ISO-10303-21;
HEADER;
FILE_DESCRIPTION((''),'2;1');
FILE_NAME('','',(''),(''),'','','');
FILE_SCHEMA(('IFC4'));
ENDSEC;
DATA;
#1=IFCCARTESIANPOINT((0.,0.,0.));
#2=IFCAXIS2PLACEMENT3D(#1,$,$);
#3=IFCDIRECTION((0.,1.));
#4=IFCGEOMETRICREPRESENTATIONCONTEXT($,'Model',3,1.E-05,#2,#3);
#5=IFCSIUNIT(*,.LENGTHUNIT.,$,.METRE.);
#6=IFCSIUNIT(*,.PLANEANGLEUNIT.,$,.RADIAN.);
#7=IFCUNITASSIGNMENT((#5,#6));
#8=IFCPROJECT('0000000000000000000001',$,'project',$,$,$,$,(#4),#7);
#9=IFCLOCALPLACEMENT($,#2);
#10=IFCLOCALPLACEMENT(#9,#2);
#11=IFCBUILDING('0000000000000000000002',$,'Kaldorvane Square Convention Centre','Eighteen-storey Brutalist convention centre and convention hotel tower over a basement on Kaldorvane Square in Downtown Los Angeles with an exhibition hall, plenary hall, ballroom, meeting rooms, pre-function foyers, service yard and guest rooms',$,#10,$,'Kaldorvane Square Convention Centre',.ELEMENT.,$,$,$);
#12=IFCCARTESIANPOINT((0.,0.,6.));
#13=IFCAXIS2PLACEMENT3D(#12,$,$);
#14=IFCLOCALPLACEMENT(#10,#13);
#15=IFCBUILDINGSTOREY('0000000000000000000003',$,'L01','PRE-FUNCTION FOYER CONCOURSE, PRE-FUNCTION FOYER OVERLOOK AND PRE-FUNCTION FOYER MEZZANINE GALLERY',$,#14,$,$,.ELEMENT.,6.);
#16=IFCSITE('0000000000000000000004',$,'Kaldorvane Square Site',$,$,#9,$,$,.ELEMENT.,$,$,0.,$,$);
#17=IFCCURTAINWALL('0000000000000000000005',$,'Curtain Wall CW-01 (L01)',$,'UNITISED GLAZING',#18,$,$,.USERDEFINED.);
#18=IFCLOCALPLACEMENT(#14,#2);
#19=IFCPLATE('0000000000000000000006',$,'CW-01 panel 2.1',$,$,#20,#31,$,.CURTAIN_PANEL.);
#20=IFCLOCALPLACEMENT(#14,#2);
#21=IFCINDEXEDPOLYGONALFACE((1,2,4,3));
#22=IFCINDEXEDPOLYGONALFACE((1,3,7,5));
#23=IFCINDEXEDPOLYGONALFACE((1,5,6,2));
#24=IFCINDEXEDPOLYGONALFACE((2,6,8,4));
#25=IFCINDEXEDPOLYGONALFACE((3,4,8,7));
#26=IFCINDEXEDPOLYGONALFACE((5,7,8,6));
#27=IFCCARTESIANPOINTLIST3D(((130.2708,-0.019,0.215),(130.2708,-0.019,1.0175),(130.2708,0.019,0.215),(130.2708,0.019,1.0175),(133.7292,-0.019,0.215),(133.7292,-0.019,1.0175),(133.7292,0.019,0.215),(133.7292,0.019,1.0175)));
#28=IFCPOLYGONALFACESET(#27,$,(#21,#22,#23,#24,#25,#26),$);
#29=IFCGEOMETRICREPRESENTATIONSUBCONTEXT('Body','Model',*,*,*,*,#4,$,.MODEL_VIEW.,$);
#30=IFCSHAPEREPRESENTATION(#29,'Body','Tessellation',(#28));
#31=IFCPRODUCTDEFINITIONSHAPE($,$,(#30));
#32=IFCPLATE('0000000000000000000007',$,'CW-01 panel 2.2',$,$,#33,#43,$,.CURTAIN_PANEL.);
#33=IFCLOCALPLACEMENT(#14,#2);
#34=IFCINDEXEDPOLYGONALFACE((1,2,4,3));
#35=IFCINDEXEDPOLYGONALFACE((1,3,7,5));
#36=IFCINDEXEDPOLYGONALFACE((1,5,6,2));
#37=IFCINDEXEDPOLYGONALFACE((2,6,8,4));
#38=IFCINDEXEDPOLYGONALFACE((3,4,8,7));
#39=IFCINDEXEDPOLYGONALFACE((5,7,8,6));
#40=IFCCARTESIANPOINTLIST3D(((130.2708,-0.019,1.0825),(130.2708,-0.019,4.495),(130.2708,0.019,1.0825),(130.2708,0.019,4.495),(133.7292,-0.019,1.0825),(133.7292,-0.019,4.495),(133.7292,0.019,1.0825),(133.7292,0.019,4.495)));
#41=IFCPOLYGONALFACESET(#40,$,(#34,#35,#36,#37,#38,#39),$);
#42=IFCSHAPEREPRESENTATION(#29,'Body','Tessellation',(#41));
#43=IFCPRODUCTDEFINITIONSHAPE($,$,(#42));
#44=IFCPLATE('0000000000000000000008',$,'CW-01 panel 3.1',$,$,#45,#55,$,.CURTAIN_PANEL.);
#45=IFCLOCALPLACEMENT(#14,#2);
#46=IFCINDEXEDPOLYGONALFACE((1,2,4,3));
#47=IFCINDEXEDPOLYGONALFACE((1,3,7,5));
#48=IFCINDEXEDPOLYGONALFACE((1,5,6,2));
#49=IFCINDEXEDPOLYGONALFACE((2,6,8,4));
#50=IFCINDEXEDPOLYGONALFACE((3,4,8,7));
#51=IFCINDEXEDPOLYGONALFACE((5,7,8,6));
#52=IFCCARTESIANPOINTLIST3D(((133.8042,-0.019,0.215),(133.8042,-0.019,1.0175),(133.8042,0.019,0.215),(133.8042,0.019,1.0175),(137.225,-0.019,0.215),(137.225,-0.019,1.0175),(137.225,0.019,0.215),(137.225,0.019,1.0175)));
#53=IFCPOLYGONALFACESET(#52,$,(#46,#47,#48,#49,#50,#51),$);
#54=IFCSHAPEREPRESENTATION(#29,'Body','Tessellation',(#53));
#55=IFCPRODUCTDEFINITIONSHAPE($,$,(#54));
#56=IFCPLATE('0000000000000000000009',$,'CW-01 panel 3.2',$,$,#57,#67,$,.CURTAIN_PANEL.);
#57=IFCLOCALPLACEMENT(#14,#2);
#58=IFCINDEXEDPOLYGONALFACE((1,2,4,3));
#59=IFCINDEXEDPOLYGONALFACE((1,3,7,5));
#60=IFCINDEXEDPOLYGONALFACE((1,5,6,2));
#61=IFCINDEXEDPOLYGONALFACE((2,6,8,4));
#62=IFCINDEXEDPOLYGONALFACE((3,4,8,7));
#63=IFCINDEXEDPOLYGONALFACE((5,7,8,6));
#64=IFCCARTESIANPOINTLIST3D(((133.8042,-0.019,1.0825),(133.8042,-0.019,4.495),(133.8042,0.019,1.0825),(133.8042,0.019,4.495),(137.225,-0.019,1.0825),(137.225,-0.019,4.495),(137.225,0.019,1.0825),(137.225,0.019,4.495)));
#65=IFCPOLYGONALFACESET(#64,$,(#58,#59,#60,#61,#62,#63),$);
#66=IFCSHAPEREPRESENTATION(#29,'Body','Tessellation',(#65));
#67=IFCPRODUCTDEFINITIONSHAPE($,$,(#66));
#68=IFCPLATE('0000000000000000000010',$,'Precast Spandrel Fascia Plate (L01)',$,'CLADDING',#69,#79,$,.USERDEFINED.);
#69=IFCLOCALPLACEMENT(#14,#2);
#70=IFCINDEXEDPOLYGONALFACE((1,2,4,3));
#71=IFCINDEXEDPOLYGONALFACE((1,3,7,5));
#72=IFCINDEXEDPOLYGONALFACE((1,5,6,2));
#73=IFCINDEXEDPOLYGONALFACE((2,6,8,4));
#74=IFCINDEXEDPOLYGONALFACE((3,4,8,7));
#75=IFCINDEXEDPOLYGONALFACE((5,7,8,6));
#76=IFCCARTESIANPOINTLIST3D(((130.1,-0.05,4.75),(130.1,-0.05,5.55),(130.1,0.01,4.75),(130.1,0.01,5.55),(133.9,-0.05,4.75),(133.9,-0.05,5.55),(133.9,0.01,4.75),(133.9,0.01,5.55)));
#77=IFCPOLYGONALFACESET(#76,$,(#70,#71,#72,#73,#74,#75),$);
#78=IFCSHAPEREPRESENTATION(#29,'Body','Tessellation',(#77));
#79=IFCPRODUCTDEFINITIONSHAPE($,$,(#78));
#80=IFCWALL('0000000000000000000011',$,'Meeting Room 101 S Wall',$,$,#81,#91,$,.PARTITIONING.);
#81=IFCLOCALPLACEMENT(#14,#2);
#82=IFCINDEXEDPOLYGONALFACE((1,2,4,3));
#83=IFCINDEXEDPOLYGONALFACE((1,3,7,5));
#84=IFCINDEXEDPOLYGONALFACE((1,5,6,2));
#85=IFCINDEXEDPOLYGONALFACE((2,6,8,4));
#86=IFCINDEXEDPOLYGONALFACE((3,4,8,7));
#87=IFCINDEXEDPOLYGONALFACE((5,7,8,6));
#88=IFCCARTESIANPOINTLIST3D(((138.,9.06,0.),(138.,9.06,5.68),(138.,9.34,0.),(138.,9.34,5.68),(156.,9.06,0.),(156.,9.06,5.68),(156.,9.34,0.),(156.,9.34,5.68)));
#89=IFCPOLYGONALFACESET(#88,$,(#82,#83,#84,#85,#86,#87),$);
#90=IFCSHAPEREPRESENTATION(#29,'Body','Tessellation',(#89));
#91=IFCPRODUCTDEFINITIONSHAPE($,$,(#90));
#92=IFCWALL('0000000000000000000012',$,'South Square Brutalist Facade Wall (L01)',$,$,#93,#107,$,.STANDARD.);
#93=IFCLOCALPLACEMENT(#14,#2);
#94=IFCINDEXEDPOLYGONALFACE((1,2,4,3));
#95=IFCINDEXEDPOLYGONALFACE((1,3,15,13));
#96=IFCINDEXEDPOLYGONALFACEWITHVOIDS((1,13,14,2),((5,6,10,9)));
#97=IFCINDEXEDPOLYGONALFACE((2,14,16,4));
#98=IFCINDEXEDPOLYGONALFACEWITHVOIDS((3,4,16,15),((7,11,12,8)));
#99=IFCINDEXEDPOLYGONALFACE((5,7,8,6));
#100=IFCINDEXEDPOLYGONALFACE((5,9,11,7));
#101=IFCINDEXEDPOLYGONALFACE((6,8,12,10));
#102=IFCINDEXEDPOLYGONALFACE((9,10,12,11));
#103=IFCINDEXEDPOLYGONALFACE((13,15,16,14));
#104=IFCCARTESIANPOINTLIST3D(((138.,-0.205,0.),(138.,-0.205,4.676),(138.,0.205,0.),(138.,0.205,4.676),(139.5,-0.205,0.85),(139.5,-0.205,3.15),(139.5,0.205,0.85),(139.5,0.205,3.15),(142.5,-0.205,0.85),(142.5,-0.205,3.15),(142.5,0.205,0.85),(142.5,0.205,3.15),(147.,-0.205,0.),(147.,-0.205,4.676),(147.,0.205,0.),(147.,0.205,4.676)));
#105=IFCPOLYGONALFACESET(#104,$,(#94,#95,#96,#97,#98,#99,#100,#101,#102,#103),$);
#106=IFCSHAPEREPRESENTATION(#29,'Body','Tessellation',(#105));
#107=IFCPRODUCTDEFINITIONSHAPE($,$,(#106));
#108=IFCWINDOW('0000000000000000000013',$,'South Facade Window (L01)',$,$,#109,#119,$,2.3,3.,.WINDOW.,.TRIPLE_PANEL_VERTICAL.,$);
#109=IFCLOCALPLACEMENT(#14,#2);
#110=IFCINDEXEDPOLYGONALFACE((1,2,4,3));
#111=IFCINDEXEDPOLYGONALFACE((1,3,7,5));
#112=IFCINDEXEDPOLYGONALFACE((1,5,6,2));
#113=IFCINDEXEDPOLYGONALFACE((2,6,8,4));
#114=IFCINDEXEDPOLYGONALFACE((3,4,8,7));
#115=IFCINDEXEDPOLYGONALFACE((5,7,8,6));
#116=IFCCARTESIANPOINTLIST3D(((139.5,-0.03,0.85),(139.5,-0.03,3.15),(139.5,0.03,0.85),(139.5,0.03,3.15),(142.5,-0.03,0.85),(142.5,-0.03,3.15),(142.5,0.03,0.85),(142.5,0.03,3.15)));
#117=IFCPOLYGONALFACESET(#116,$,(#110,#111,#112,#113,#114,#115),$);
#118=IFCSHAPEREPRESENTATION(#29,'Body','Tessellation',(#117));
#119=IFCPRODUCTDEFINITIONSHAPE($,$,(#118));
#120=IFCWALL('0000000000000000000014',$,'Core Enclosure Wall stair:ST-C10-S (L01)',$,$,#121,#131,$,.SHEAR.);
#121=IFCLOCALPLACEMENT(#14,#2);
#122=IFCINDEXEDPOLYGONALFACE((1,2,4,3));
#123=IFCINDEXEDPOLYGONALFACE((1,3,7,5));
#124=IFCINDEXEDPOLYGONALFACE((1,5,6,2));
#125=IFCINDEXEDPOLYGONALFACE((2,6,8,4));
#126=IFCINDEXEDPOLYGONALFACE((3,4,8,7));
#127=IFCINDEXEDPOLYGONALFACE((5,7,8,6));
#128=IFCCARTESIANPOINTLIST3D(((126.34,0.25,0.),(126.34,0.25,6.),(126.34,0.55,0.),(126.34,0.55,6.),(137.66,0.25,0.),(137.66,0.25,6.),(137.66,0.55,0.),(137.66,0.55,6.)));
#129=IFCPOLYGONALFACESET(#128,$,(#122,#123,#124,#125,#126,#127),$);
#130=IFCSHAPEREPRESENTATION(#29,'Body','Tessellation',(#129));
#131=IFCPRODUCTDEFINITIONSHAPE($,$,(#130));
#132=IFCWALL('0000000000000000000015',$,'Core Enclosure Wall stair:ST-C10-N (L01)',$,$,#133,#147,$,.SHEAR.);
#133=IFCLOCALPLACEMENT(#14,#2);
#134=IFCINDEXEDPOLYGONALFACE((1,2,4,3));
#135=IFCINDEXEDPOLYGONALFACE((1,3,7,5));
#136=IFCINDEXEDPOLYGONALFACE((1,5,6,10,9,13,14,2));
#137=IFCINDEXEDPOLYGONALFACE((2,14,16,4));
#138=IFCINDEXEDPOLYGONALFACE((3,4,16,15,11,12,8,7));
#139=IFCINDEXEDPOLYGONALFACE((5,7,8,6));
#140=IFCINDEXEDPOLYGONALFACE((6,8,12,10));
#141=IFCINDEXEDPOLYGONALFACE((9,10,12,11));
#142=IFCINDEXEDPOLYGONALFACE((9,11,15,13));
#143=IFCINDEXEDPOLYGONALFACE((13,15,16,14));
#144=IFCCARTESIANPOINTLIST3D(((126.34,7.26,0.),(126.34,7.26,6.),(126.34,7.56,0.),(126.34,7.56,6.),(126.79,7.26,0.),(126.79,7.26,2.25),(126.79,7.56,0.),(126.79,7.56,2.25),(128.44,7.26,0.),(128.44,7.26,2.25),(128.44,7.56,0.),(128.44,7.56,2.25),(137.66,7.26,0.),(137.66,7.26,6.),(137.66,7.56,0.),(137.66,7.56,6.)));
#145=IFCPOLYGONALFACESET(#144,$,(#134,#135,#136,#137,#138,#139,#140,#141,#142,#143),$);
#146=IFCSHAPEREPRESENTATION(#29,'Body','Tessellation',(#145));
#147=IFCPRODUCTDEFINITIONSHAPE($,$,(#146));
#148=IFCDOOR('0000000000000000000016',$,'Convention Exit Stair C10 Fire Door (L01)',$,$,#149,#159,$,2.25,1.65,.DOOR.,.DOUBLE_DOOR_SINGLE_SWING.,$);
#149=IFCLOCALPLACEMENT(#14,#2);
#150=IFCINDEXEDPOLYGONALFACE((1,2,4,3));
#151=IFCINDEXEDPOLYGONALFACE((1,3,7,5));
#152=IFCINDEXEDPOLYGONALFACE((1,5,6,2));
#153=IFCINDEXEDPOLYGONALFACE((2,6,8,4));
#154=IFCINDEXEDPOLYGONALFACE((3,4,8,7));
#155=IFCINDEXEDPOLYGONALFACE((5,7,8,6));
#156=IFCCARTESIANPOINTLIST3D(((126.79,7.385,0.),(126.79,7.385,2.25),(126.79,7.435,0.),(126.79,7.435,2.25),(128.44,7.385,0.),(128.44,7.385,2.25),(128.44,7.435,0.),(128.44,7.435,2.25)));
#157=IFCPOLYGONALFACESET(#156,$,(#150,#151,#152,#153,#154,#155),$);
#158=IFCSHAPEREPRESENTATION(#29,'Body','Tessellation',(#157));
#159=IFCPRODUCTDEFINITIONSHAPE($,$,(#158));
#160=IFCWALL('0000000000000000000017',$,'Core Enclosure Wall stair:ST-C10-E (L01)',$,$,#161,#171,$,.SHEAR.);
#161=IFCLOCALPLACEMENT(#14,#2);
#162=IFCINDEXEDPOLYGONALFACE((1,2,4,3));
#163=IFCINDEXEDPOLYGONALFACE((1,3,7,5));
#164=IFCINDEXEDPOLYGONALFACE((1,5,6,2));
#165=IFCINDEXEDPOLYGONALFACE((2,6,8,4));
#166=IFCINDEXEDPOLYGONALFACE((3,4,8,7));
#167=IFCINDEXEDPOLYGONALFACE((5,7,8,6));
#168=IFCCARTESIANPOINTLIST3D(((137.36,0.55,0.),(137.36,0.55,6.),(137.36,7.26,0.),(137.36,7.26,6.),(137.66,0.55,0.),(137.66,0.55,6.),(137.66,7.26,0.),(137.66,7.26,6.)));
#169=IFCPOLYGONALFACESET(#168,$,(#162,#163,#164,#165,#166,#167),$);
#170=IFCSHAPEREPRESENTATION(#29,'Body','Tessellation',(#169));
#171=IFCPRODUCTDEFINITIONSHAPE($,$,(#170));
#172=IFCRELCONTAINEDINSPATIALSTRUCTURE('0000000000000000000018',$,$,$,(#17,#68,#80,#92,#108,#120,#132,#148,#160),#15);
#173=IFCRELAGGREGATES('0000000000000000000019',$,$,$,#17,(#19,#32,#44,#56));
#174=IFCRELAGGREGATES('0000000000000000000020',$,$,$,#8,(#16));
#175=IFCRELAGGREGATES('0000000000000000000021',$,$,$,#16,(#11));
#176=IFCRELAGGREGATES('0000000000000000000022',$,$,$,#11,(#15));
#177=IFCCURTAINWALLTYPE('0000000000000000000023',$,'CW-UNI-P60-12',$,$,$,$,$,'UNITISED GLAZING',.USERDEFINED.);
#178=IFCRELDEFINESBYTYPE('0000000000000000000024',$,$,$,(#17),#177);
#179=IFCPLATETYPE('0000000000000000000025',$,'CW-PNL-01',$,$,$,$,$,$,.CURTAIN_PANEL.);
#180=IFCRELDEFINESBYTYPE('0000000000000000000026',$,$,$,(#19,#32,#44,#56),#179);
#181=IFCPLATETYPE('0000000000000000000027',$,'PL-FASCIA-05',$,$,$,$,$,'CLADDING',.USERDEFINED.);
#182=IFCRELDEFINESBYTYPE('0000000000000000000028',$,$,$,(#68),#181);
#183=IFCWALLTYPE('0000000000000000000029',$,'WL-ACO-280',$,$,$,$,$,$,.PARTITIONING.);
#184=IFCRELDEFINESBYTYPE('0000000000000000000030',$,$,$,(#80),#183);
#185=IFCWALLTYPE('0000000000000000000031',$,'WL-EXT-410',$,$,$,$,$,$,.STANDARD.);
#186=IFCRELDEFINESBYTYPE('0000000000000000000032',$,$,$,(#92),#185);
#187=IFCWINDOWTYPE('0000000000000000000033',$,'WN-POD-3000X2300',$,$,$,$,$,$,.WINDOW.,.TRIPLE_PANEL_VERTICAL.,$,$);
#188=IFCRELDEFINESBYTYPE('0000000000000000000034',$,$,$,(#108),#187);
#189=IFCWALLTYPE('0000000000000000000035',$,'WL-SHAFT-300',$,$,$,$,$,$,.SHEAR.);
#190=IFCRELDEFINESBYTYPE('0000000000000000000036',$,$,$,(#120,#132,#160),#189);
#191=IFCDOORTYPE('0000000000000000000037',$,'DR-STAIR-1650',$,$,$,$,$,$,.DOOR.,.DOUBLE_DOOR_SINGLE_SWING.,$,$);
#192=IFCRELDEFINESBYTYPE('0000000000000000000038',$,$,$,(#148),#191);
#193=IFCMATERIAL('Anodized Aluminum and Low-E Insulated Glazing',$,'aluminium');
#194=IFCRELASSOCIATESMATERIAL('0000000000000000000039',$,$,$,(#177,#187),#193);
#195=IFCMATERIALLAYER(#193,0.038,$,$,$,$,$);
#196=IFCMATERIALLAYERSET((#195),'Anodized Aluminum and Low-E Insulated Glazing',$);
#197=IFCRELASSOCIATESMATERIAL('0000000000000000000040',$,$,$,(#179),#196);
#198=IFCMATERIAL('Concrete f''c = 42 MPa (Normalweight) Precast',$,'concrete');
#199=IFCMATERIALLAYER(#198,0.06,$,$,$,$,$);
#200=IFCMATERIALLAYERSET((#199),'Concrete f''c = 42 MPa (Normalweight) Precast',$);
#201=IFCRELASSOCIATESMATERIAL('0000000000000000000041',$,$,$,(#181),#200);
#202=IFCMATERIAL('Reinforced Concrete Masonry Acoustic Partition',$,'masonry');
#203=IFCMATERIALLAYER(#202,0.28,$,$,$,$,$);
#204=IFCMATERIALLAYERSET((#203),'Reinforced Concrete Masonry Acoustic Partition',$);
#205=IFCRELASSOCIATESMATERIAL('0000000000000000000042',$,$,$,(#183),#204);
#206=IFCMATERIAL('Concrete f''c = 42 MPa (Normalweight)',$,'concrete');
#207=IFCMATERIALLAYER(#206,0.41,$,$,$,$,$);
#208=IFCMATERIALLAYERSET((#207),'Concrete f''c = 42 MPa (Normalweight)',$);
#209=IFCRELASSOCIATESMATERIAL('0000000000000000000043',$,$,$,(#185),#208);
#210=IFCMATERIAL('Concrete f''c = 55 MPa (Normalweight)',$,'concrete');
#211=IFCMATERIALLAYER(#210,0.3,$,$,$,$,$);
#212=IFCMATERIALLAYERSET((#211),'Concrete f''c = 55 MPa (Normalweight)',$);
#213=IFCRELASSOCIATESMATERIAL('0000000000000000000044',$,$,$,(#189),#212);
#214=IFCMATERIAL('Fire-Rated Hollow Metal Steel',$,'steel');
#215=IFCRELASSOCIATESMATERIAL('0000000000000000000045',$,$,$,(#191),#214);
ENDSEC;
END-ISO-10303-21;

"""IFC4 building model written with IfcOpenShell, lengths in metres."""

from ifc_helpers import new_model, si_unit, direction, frame, frame_2d, origin, origin_2d, place, context, subcontext, project, spatial, rectangle, extrude, material, layer, layer_set, type_object, element, fill, aggregate, save


model = new_model("IFC4")

# Units and contexts
model_context = context("Model", 3, precision=1e-05, world=origin(), true_north=direction((0.0, 1.0)))
body_context = subcontext(model_context, "Body", "Model", "MODEL_VIEW")
ifc_project = project(units=[si_unit("LENGTHUNIT", "METRE"), si_unit("PLANEANGLEUNIT", "RADIAN")], contexts=[model_context])

# Site, building, storey
site_placement = place(None, origin())
site = spatial("IfcSite", under=ifc_project, at=site_placement, Name="Kaldorvane Square Site", CompositionType="ELEMENT", RefElevation=0.0)
building_placement = place(site_placement, origin())
building = spatial("IfcBuilding", under=site, at=building_placement, Name="Kaldorvane Square Convention Centre", Description="Eighteen-storey Brutalist convention centre and convention hotel tower over a basement on Kaldorvane Square in Downtown Los Angeles with an exhibition hall, plenary hall, ballroom, meeting rooms, pre-function foyers, service yard and guest rooms", LongName="Kaldorvane Square Convention Centre", CompositionType="ELEMENT")
storey_placement = place(building_placement, frame((0.0, 0.0, 6.0)))
storey = spatial("IfcBuildingStorey", under=building, at=storey_placement, Name="L01", Description="PRE-FUNCTION FOYER CONCOURSE, PRE-FUNCTION FOYER OVERLOOK AND PRE-FUNCTION FOYER MEZZANINE GALLERY", CompositionType="ELEMENT", Elevation=6.0)

# Shared definitions
ifc_material_1 = material(Name="Concrete f'c = 42 MPa (Normalweight)", Category="concrete")

# Curtain wall, plates
ifc_material_2 = material(Name="Anodized Aluminum and Low-E Insulated Glazing", Category="aluminium")
curtain_wall_type = type_object("IfcCurtainWallType", Name="CW-UNI-P60-12", ElementType="UNITISED GLAZING", PredefinedType="USERDEFINED", material=ifc_material_2)
curtain_wall_placement = place(storey_placement, origin())
curtain_wall = element("IfcCurtainWall", 1, at=curtain_wall_placement, inside=storey, type_object=curtain_wall_type, Name="Curtain Wall CW-01 (L01)", ObjectType="UNITISED GLAZING", PredefinedType="USERDEFINED")
ifc_layer_1 = layer(ifc_material_2, 0.038)
ifc_layer_set_1 = layer_set([ifc_layer_1], Name="Anodized Aluminum and Low-E Insulated Glazing")
plate_type_1 = type_object("IfcPlateType", Name="CW-PNL-01", PredefinedType="CURTAIN_PANEL", material=ifc_layer_set_1)
plate_1_placement = place(storey_placement, frame((132.0, 0.0, 0.215), z_axis=(0.0, 0.0, 1.0), x_axis=(1.0, 0.0, 0.0)))
plate_1 = element("IfcPlate", 2, at=plate_1_placement, type_object=plate_type_1, Name="CW-01 panel 2.1", PredefinedType="CURTAIN_PANEL", context=body_context, shape_type="SweptSolid", body=[
    extrude(rectangle(XDim=3.4583, YDim=0.038, at=origin_2d()), origin(), (0.0, 0.0, 1.0), 0.8025),
])
plate_2_placement = place(storey_placement, frame((132.0, 0.0, 1.0825), z_axis=(0.0, 0.0, 1.0), x_axis=(1.0, 0.0, 0.0)))
plate_2 = element("IfcPlate", 3, at=plate_2_placement, type_object=plate_type_1, Name="CW-01 panel 2.2", PredefinedType="CURTAIN_PANEL", context=body_context, shape_type="SweptSolid", body=[
    extrude(rectangle(XDim=3.4583, YDim=0.038, at=origin_2d()), origin(), (0.0, 0.0, 1.0), 3.4125),
])
plate_3_placement = place(storey_placement, frame((135.5146, 0.0, 0.215), z_axis=(0.0, 0.0, 1.0), x_axis=(1.0, 0.0, 0.0)))
plate_3 = element("IfcPlate", 4, at=plate_3_placement, type_object=plate_type_1, Name="CW-01 panel 3.1", PredefinedType="CURTAIN_PANEL", context=body_context, shape_type="SweptSolid", body=[
    extrude(rectangle(XDim=3.4208, YDim=0.038, at=origin_2d()), origin(), (0.0, 0.0, 1.0), 0.8025),
])
plate_4_placement = place(storey_placement, frame((135.5146, 0.0, 1.0825), z_axis=(0.0, 0.0, 1.0), x_axis=(1.0, 0.0, 0.0)))
plate_4 = element("IfcPlate", 5, at=plate_4_placement, type_object=plate_type_1, Name="CW-01 panel 3.2", PredefinedType="CURTAIN_PANEL", context=body_context, shape_type="SweptSolid", body=[
    extrude(rectangle(XDim=3.4208, YDim=0.038, at=origin_2d()), origin(), (0.0, 0.0, 1.0), 3.4125),
])
aggregate(curtain_wall, [plate_1, plate_2, plate_3, plate_4])

# Plate
ifc_material_3 = material(Name="Concrete f'c = 42 MPa (Normalweight) Precast", Category="concrete")
ifc_layer_2 = layer(ifc_material_3, 0.06)
ifc_layer_set_2 = layer_set([ifc_layer_2], Name="Concrete f'c = 42 MPa (Normalweight) Precast")
plate_type_2 = type_object("IfcPlateType", Name="PL-FASCIA-05", ElementType="CLADDING", PredefinedType="USERDEFINED", material=ifc_layer_set_2)
plate_5_placement = place(storey_placement, frame((132.0, -0.02, 4.75), z_axis=(0.0, 0.0, 1.0), x_axis=(1.0, 0.0, 0.0)))
element("IfcPlate", 6, at=plate_5_placement, inside=storey, type_object=plate_type_2, Name="Precast Spandrel Fascia Plate (L01)", ObjectType="CLADDING", PredefinedType="USERDEFINED", context=body_context, shape_type="SweptSolid", body=[
    extrude(rectangle(XDim=3.8, YDim=0.06, at=origin_2d()), origin(), (0.0, 0.0, 1.0), 0.8),
])

# Wall
ifc_material_4 = material(Name="Reinforced Concrete Masonry Acoustic Partition", Category="masonry")
ifc_layer_3 = layer(ifc_material_4, 0.28)
ifc_layer_set_3 = layer_set([ifc_layer_3], Name="Reinforced Concrete Masonry Acoustic Partition")
wall_type_1 = type_object("IfcWallType", Name="WL-ACO-280", PredefinedType="PARTITIONING", material=ifc_layer_set_3)
wall_1_placement = place(storey_placement, frame((138.0, 9.2, 0.0), z_axis=(0.0, 0.0, 1.0), x_axis=(1.0, 0.0, 0.0)))
element("IfcWall", 7, at=wall_1_placement, inside=storey, type_object=wall_type_1, Name="Meeting Room 101 S Wall", PredefinedType="PARTITIONING", context=body_context, shape_type="SweptSolid", body=[
    extrude(rectangle(XDim=18.0, YDim=0.28, at=frame_2d((9.0, 0.0))), origin(), (0.0, 0.0, 1.0), 5.68),
])

# Wall, opening, window
ifc_layer_4 = layer(ifc_material_1, 0.41)
ifc_layer_set_4 = layer_set([ifc_layer_4], Name="Concrete f'c = 42 MPa (Normalweight)")
wall_type_2 = type_object("IfcWallType", Name="WL-EXT-410", PredefinedType="STANDARD", material=ifc_layer_set_4)
wall_2_placement = place(storey_placement, frame((138.0, 0.0, 0.0), z_axis=(0.0, 0.0, 1.0), x_axis=(1.0, 0.0, 0.0)))
wall_2 = element("IfcWall", 8, at=wall_2_placement, inside=storey, type_object=wall_type_2, Name="South Square Brutalist Facade Wall (L01)", PredefinedType="STANDARD", context=body_context, shape_type="SweptSolid", body=[
    extrude(rectangle(XDim=9.0, YDim=0.41, at=frame_2d((4.5, 0.0))), origin(), (0.0, 0.0, 1.0), 4.676),
])
opening_1_placement = place(wall_2_placement, frame((1.5, 0.0, 0.85)))
opening_1 = element("IfcOpeningElement", 9, at=opening_1_placement, cuts=wall_2, PredefinedType="OPENING", context=body_context, shape_type="SweptSolid", body=[
    extrude(rectangle(XDim=3.0, YDim=2.3, at=frame_2d((1.5, 1.15))), frame((0.0, 0.22, 0.0), z_axis=(0.0, -1.0, 0.0), x_axis=(1.0, 0.0, 0.0)), (0.0, 0.0, 1.0), 0.44),
])
window_type = type_object("IfcWindowType", Name="WN-POD-3000X2300", PartitioningType="TRIPLE_PANEL_VERTICAL", PredefinedType="WINDOW", material=ifc_material_2)
window_placement = place(opening_1_placement, origin())
window = element("IfcWindow", 10, at=window_placement, inside=storey, type_object=window_type, Name="South Facade Window (L01)", OverallHeight=2.3, OverallWidth=3.0, PartitioningType="TRIPLE_PANEL_VERTICAL", PredefinedType="WINDOW", context=body_context, shape_type="SweptSolid", body=[
    extrude(rectangle(XDim=3.0, YDim=2.3, at=frame_2d((1.5, 1.15))), frame((0.0, 0.03, 0.0), z_axis=(0.0, -1.0, 0.0), x_axis=(1.0, 0.0, 0.0)), (0.0, 0.0, 1.0), 0.06),
])
fill(opening_1, window)

# Wall
ifc_material_5 = material(Name="Concrete f'c = 55 MPa (Normalweight)", Category="concrete")
ifc_layer_5 = layer(ifc_material_5, 0.3)
ifc_layer_set_5 = layer_set([ifc_layer_5], Name="Concrete f'c = 55 MPa (Normalweight)")
wall_type_3 = type_object("IfcWallType", Name="WL-SHAFT-300", PredefinedType="SHEAR", material=ifc_layer_set_5)
wall_3_placement = place(storey_placement, frame((137.66, 0.4, 0.0), z_axis=(0.0, 0.0, 1.0), x_axis=(-1.0, 0.0, 0.0)))
element("IfcWall", 11, at=wall_3_placement, inside=storey, type_object=wall_type_3, Name="Core Enclosure Wall stair:ST-C10-S (L01)", PredefinedType="SHEAR", context=body_context, shape_type="SweptSolid", body=[
    extrude(rectangle(XDim=11.32, YDim=0.3, at=frame_2d((5.66, 0.0))), origin(), (0.0, 0.0, 1.0), 6.0),
])

# Wall, opening, door
wall_4_placement = place(storey_placement, frame((137.66, 7.41, 0.0), z_axis=(0.0, 0.0, 1.0), x_axis=(-1.0, 0.0, 0.0)))
wall_4 = element("IfcWall", 12, at=wall_4_placement, inside=storey, type_object=wall_type_3, Name="Core Enclosure Wall stair:ST-C10-N (L01)", PredefinedType="SHEAR", context=body_context, shape_type="SweptSolid", body=[
    extrude(rectangle(XDim=11.32, YDim=0.3, at=frame_2d((5.66, 0.0))), origin(), (0.0, 0.0, 1.0), 6.0),
])
opening_2_placement = place(wall_4_placement, frame((9.22, 0.0, 0.0)))
opening_2 = element("IfcOpeningElement", 13, at=opening_2_placement, cuts=wall_4, PredefinedType="OPENING", context=body_context, shape_type="SweptSolid", body=[
    extrude(rectangle(XDim=1.65, YDim=2.25, at=frame_2d((0.825, 1.125))), frame((0.0, 0.165, 0.0), z_axis=(0.0, -1.0, 0.0), x_axis=(1.0, 0.0, 0.0)), (0.0, 0.0, 1.0), 0.33),
])
ifc_material_6 = material(Name="Fire-Rated Hollow Metal Steel", Category="steel")
door_type = type_object("IfcDoorType", Name="DR-STAIR-1650", OperationType="DOUBLE_DOOR_SINGLE_SWING", PredefinedType="DOOR", material=ifc_material_6)
door_placement = place(opening_2_placement, origin())
door = element("IfcDoor", 14, at=door_placement, inside=storey, type_object=door_type, Name="Convention Exit Stair C10 Fire Door (L01)", OperationType="DOUBLE_DOOR_SINGLE_SWING", OverallHeight=2.25, OverallWidth=1.65, PredefinedType="DOOR", context=body_context, shape_type="SweptSolid", body=[
    extrude(rectangle(XDim=1.65, YDim=2.25, at=frame_2d((0.825, 1.125))), frame((0.0, 0.025, 0.0), z_axis=(0.0, -1.0, 0.0), x_axis=(1.0, 0.0, 0.0)), (0.0, 0.0, 1.0), 0.05),
])
fill(opening_2, door)

# Wall
wall_5_placement = place(storey_placement, frame((137.51, 0.55, 0.0), z_axis=(0.0, 0.0, 1.0), x_axis=(0.0, 1.0, 0.0)))
element("IfcWall", 15, at=wall_5_placement, inside=storey, type_object=wall_type_3, Name="Core Enclosure Wall stair:ST-C10-E (L01)", PredefinedType="SHEAR", context=body_context, shape_type="SweptSolid", body=[
    extrude(rectangle(XDim=6.71, YDim=0.3, at=frame_2d((3.355, 0.0))), origin(), (0.0, 0.0, 1.0), 6.0),
])

save(model, "model.ifc")
